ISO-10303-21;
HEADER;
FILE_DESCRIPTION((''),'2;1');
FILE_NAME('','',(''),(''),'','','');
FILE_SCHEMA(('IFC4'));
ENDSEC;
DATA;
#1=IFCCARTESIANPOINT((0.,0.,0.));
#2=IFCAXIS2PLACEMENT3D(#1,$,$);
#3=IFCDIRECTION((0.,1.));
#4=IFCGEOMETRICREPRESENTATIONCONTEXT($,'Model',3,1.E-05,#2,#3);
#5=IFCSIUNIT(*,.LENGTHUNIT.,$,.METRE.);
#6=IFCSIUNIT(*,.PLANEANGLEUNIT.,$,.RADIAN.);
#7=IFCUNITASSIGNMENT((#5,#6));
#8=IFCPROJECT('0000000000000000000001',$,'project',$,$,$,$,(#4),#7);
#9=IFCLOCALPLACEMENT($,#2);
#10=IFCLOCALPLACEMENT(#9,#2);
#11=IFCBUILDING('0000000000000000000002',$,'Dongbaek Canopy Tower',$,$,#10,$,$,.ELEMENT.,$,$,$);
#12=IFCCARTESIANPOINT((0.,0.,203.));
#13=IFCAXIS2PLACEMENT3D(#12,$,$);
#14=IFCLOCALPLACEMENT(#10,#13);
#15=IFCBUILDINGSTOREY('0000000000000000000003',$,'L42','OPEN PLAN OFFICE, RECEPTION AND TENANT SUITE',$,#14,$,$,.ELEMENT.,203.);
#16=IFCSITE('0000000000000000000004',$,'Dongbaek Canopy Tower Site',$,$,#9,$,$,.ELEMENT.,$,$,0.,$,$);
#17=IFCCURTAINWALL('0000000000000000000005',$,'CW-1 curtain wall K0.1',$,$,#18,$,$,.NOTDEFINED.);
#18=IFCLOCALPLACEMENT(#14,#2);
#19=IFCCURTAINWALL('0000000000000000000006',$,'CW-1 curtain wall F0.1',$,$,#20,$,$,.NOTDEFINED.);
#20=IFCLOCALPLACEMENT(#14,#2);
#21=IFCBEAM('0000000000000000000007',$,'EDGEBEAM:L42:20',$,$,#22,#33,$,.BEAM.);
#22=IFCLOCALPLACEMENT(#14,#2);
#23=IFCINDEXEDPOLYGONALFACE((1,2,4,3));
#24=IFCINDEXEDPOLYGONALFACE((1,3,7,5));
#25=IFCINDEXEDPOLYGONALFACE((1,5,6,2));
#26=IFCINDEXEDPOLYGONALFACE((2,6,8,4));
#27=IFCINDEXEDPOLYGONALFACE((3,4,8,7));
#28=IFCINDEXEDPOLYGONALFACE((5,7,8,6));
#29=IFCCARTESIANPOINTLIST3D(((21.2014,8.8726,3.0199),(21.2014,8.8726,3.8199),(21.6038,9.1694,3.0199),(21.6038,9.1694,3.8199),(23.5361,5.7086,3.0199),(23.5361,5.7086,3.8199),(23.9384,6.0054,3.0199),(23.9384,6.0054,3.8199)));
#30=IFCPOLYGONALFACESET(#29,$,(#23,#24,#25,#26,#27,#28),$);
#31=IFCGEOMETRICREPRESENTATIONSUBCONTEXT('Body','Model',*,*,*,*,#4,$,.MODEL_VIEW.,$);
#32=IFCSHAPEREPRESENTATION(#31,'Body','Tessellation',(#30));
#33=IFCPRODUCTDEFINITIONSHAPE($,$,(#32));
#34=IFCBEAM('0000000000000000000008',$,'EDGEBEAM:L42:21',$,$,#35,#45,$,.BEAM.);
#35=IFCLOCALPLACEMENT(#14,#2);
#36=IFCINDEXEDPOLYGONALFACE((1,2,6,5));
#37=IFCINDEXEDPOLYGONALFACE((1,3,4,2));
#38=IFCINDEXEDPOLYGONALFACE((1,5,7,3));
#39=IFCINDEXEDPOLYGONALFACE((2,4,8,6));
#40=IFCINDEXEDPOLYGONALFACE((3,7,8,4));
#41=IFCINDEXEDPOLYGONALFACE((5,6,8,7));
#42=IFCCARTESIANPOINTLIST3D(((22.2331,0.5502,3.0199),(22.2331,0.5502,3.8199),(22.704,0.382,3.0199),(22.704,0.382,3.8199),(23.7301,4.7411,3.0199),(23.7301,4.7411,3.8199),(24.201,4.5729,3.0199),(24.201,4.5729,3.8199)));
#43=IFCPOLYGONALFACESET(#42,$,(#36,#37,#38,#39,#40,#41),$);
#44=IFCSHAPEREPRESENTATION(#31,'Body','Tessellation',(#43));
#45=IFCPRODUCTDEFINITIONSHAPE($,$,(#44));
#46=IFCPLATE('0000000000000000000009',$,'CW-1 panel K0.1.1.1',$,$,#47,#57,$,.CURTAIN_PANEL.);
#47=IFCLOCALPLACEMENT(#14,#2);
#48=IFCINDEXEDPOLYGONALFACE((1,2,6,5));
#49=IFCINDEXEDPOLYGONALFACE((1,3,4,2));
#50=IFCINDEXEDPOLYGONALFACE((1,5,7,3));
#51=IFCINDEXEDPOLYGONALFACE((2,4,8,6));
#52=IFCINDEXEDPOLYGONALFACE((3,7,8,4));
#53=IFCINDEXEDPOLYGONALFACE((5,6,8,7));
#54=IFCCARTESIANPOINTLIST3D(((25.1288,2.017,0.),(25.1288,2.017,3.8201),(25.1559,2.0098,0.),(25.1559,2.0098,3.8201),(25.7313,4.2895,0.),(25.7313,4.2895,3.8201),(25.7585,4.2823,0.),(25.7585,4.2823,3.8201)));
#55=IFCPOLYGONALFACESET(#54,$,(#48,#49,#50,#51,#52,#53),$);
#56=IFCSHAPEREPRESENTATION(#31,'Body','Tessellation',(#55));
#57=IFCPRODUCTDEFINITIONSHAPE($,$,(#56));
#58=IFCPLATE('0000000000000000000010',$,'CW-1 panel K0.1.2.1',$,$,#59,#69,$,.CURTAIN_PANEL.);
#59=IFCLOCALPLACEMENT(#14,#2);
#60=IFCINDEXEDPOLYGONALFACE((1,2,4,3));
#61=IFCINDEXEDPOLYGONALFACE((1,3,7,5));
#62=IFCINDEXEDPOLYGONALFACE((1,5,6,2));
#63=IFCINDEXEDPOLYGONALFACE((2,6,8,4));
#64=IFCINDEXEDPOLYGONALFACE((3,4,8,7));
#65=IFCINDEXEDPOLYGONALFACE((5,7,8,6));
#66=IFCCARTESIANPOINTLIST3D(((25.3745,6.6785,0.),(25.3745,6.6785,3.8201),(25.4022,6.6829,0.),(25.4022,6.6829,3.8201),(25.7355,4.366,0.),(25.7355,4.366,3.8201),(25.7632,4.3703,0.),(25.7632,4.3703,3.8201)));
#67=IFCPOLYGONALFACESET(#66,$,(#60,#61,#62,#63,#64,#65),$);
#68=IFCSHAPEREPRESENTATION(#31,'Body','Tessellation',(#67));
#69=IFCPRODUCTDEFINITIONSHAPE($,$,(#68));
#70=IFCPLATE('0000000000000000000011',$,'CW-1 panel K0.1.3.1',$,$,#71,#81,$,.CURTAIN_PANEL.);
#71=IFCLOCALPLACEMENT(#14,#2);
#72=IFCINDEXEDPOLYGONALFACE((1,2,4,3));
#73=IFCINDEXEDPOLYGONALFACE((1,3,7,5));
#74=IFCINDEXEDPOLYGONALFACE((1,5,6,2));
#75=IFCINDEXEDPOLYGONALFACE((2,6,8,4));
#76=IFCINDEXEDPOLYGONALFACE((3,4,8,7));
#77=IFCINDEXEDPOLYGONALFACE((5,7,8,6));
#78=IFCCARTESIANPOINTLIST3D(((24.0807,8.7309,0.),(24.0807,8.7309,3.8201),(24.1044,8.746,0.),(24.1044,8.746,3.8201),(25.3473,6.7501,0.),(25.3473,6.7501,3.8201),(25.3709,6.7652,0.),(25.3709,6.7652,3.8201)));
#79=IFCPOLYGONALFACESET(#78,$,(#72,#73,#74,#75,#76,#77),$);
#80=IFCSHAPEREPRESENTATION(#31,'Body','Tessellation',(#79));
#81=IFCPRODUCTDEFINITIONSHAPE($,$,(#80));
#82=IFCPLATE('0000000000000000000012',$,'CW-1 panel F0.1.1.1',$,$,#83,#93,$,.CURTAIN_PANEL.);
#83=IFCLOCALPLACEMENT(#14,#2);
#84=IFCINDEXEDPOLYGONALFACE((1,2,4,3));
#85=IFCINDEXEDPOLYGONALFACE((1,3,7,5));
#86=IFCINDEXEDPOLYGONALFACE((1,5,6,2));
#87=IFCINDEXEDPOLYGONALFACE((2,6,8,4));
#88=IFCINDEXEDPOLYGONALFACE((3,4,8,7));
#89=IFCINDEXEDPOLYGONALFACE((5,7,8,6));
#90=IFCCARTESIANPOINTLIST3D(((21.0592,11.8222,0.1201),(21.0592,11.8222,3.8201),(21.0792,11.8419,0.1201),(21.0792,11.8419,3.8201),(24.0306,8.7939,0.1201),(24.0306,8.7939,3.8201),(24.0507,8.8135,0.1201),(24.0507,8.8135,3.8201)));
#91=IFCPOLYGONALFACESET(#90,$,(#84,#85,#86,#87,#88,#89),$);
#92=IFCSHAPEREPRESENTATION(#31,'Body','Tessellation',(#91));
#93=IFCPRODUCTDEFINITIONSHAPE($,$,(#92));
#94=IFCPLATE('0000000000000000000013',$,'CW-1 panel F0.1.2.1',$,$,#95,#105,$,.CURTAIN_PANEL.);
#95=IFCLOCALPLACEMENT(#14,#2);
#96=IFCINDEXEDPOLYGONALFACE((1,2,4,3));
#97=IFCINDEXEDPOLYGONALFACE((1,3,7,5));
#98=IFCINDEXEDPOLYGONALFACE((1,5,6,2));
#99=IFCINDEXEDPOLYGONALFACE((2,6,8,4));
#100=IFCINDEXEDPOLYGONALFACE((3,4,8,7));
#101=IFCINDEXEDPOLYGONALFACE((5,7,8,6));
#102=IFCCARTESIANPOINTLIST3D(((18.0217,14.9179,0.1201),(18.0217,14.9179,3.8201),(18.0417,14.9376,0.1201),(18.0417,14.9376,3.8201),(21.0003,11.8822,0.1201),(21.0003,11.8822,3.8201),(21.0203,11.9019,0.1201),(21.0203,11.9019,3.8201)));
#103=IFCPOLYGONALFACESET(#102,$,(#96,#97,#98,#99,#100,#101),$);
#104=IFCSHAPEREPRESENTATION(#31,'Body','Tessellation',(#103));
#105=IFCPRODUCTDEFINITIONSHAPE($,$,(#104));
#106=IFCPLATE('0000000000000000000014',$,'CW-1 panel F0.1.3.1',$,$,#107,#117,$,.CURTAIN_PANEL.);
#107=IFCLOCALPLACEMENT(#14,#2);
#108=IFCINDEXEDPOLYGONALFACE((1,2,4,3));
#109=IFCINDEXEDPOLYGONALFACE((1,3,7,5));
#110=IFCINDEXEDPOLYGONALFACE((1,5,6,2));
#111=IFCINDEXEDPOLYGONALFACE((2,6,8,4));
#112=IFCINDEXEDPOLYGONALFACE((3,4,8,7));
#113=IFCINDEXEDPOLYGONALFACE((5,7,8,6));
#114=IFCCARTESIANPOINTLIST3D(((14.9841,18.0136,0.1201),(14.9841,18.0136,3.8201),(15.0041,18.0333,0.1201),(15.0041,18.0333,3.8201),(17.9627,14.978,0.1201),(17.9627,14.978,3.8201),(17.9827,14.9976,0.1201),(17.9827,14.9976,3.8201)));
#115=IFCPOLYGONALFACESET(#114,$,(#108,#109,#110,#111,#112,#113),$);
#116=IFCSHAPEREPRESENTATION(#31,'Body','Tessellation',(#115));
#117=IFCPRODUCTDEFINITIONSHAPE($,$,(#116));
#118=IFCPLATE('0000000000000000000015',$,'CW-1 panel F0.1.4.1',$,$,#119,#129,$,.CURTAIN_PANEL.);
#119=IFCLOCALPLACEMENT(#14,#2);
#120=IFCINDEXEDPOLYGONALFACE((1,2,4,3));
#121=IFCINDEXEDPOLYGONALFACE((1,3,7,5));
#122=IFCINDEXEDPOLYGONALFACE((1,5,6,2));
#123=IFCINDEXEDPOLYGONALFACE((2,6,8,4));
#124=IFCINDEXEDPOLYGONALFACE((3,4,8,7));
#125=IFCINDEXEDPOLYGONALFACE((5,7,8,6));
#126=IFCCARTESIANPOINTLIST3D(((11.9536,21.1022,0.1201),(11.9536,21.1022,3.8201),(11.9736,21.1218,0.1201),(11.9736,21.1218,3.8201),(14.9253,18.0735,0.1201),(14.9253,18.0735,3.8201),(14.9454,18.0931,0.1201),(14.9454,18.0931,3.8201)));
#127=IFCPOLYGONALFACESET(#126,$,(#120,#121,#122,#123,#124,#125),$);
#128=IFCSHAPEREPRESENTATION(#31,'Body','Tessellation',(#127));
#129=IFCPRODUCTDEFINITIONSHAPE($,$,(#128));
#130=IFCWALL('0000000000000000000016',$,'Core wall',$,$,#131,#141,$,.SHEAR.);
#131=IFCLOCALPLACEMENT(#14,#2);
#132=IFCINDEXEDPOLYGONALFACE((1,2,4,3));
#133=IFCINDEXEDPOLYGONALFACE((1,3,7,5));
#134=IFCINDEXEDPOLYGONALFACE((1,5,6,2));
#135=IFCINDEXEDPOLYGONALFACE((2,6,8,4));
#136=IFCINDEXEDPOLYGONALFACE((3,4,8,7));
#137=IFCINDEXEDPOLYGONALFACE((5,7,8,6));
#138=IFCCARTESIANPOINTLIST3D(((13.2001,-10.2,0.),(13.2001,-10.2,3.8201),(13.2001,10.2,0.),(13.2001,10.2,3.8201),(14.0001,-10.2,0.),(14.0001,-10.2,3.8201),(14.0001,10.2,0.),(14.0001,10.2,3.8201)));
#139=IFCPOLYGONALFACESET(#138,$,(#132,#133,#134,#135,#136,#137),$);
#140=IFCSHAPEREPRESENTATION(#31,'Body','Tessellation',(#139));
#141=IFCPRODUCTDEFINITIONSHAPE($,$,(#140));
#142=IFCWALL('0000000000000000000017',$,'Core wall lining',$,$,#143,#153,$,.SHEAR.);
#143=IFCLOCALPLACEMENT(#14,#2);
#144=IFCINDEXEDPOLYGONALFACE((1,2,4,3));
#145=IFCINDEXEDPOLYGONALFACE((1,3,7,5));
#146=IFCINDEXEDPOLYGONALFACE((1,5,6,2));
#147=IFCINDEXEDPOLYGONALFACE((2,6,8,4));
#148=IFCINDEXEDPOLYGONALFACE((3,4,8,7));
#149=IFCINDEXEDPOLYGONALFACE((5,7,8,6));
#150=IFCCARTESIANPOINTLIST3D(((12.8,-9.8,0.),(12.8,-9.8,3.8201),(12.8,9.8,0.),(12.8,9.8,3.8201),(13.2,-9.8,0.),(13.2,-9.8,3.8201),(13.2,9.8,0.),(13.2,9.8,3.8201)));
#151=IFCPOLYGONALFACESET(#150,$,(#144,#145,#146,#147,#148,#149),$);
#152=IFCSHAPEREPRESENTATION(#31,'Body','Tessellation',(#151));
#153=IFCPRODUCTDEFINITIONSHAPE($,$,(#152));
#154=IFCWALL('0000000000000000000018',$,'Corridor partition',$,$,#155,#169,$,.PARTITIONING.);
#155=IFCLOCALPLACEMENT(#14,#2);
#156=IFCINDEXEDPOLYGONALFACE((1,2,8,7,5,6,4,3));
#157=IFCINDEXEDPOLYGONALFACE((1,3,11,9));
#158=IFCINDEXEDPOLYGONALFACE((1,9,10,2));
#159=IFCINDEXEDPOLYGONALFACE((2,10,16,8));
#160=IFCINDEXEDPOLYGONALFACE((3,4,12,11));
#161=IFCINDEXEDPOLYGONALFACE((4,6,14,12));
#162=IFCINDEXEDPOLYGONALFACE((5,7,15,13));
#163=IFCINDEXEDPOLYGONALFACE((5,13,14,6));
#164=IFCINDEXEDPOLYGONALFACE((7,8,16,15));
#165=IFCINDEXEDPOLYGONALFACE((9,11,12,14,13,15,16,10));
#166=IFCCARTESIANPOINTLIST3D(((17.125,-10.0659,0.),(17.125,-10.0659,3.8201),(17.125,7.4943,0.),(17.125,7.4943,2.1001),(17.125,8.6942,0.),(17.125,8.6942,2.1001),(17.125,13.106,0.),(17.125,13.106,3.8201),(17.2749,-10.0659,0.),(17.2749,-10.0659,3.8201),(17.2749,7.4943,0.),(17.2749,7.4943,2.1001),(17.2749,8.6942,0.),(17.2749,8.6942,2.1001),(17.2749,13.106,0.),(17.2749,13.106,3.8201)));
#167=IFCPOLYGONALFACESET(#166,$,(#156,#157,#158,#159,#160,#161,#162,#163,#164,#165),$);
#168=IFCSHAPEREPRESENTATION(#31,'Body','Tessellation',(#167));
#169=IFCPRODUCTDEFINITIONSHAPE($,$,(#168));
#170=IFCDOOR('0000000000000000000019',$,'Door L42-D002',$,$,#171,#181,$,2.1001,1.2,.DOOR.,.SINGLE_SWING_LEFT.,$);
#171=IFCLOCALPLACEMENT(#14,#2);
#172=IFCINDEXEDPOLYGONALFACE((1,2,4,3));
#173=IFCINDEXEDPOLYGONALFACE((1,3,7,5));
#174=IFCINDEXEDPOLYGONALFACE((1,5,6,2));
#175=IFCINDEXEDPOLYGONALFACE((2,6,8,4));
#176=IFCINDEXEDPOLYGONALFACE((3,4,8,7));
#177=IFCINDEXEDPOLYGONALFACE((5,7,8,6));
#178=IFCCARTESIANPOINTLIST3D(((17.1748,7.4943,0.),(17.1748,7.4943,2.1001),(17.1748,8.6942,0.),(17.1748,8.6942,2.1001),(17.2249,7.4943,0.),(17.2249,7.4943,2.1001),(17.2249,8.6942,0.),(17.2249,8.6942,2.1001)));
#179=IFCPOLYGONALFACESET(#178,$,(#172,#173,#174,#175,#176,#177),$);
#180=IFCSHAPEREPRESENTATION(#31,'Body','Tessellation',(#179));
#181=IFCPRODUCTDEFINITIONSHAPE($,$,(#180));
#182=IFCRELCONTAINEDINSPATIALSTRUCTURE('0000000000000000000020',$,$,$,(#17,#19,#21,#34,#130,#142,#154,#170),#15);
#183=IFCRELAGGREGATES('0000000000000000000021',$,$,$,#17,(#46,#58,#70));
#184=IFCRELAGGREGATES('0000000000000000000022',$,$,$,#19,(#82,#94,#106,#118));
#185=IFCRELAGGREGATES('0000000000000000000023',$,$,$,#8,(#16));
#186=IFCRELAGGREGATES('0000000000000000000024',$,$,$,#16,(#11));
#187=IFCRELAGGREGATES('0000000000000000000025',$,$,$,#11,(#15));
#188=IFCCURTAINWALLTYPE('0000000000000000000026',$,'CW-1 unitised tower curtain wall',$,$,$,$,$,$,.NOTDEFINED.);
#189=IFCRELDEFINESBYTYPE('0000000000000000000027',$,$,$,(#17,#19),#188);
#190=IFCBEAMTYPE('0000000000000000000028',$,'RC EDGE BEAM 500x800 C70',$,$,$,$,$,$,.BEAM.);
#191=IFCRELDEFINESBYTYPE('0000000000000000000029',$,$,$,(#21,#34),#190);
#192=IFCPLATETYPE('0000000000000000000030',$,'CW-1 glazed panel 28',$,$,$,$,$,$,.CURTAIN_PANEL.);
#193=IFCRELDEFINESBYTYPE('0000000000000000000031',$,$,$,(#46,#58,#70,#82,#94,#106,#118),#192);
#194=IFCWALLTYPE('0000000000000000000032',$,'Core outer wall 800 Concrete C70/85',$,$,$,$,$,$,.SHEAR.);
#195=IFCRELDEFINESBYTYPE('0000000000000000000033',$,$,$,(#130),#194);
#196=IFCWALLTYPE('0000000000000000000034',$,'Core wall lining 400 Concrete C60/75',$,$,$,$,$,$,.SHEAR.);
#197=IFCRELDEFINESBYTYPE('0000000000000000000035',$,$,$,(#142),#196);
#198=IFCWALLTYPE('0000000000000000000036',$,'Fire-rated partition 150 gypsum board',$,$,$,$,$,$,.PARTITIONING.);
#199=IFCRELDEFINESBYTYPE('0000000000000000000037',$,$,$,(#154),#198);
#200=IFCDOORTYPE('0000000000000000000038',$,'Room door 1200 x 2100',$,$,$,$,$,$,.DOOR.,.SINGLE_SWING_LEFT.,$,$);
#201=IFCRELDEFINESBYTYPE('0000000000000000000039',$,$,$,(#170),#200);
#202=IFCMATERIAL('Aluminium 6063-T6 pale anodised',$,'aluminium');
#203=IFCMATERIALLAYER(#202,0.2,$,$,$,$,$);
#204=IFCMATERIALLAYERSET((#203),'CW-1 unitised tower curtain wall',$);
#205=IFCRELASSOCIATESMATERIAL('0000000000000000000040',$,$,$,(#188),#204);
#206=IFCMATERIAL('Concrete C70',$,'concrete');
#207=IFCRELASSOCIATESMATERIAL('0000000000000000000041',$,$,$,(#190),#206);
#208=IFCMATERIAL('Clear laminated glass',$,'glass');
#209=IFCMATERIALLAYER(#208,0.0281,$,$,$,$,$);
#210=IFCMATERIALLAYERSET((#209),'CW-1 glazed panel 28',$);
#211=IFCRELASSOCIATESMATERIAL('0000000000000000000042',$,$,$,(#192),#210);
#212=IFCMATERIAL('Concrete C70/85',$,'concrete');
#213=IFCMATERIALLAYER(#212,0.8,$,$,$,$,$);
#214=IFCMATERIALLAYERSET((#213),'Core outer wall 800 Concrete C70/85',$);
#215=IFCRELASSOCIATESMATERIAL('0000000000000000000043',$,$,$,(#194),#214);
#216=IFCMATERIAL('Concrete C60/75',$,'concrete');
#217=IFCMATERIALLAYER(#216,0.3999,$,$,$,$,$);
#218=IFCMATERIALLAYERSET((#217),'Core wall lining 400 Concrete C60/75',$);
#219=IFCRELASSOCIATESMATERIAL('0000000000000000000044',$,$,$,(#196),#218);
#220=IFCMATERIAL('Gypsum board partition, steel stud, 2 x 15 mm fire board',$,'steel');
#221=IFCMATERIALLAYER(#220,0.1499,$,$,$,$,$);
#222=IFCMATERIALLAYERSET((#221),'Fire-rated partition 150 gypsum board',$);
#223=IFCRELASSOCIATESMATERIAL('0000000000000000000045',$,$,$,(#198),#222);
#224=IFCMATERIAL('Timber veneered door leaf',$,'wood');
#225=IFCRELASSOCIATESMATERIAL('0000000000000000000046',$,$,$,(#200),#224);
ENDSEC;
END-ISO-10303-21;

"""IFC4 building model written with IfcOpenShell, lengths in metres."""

from ifc_helpers import new_model, si_unit, direction, frame, frame_2d, origin, origin_2d, place, context, subcontext, project, spatial, rectangle, extrude, material, layer, layer_set, material_profile, profile_set, type_object, element, fill, aggregate, save


model = new_model("IFC4")

# Units and contexts
model_context = context("Model", 3, precision=1e-05, world=origin(), true_north=direction((0.0, 1.0)))
body_context = subcontext(model_context, "Body", "Model", "MODEL_VIEW")
ifc_project = project(units=[si_unit("LENGTHUNIT", "METRE"), si_unit("PLANEANGLEUNIT", "RADIAN")], contexts=[model_context])

# Site, building, storey
site_placement = place(None, origin())
site = spatial("IfcSite", under=ifc_project, at=site_placement, Name="Dongbaek Canopy Tower Site", CompositionType="ELEMENT", RefElevation=0.0)
building_placement = place(site_placement, origin())
building = spatial("IfcBuilding", under=site, at=building_placement, Name="Dongbaek Canopy Tower", CompositionType="ELEMENT")
storey_placement = place(building_placement, frame((0.0, 0.0, 203.0)))
storey = spatial("IfcBuildingStorey", under=building, at=storey_placement, Name="L42", Description="OPEN PLAN OFFICE, RECEPTION AND TENANT SUITE", CompositionType="ELEMENT", Elevation=203.0)

# Curtain walls
ifc_material_1 = material(Name="Aluminium 6063-T6 pale anodised", Category="aluminium")
ifc_layer_1 = layer(ifc_material_1, 0.2)
ifc_layer_set_1 = layer_set([ifc_layer_1], Name="CW-1 unitised tower curtain wall")
curtain_wall_type = type_object("IfcCurtainWallType", Name="CW-1 unitised tower curtain wall", PredefinedType="NOTDEFINED", material=ifc_layer_set_1)
curtain_wall_1_placement = place(storey_placement, origin())
curtain_wall_1 = element("IfcCurtainWall", 1, at=curtain_wall_1_placement, inside=storey, type_object=curtain_wall_type, Name="CW-1 curtain wall K0.1", PredefinedType="NOTDEFINED")
curtain_wall_2_placement = place(storey_placement, origin())
curtain_wall_2 = element("IfcCurtainWall", 2, at=curtain_wall_2_placement, inside=storey, type_object=curtain_wall_type, Name="CW-1 curtain wall F0.1", PredefinedType="NOTDEFINED")

# Beams
ifc_material_2 = material(Name="Concrete C70", Category="concrete")
ifc_material_profile_1 = material_profile(ifc_material_2, rectangle(XDim=0.5, YDim=0.8, at=origin_2d()), Name="RC EDGE BEAM 500x800 C70")
ifc_profile_set_1 = profile_set([ifc_material_profile_1], Name="Concrete C70")
beam_type = type_object("IfcBeamType", Name="RC EDGE BEAM 500x800 C70", PredefinedType="BEAM", material=ifc_profile_set_1)
beam_1_placement = place(storey_placement, frame((21.4026, 9.021, 3.4199), z_axis=(0.593743, -0.804655, 0.0), x_axis=(0.804655, 0.593743, 0.0)))
element("IfcBeam", 3, at=beam_1_placement, inside=storey, type_object=beam_type, Name="EDGEBEAM:L42:20", PredefinedType="BEAM", context=body_context, shape_type="SweptSolid", body=[
    extrude(rectangle(XDim=0.5, YDim=0.8, at=origin_2d()), origin(), (0.0, 0.0, 1.0), 3.9321),
])
beam_2_placement = place(storey_placement, frame((23.9656, 4.657, 3.4199), z_axis=(-0.336399, -0.94172, 0.0), x_axis=(0.94172, -0.336399, 0.0)))
element("IfcBeam", 4, at=beam_2_placement, inside=storey, type_object=beam_type, Name="EDGEBEAM:L42:21", PredefinedType="BEAM", context=body_context, shape_type="SweptSolid", body=[
    extrude(rectangle(XDim=0.5, YDim=0.8, at=origin_2d()), origin(), (0.0, 0.0, 1.0), 4.4502),
])

# Plates
ifc_material_3 = material(Name="Clear laminated glass", Category="glass")
ifc_layer_2 = layer(ifc_material_3, 0.0281)
ifc_layer_set_2 = layer_set([ifc_layer_2], Name="CW-1 glazed panel 28")
plate_type = type_object("IfcPlateType", Name="CW-1 glazed panel 28", PredefinedType="CURTAIN_PANEL", material=ifc_layer_set_2)
plate_1_placement = place(storey_placement, frame((25.4436, 3.1497, 0.0), z_axis=(0.0, 0.0, 1.0), x_axis=(0.256293, 0.966599, 0.0)))
plate_1 = element("IfcPlate", 5, at=plate_1_placement, type_object=plate_type, Name="CW-1 panel K0.1.1.1", PredefinedType="CURTAIN_PANEL", context=body_context, shape_type="SweptSolid", body=[
    extrude(rectangle(XDim=2.3511, YDim=0.0281, at=origin_2d()), origin(), (0.0, 0.0, 1.0), 3.8201),
])
plate_2_placement = place(storey_placement, frame((25.5688, 5.5244, 0.0), z_axis=(0.0, 0.0, 1.0), x_axis=(-0.154236, 0.988034, 0.0)))
plate_2 = element("IfcPlate", 6, at=plate_2_placement, type_object=plate_type, Name="CW-1 panel K0.1.2.1", PredefinedType="CURTAIN_PANEL", context=body_context, shape_type="SweptSolid", body=[
    extrude(rectangle(XDim=2.3406, YDim=0.0281, at=origin_2d()), origin(), (0.0, 0.0, 1.0), 3.8201),
])
plate_3_placement = place(storey_placement, frame((24.7258, 7.748, 0.0), z_axis=(0.0, 0.0, 1.0), x_axis=(-0.5387, 0.842498, 0.0)))
plate_3 = element("IfcPlate", 7, at=plate_3_placement, type_object=plate_type, Name="CW-1 panel K0.1.3.1", PredefinedType="CURTAIN_PANEL", context=body_context, shape_type="SweptSolid", body=[
    extrude(rectangle(XDim=2.3511, YDim=0.0281, at=origin_2d()), origin(), (0.0, 0.0, 1.0), 3.8201),
])
plate_4_placement = place(storey_placement, frame((22.5549, 10.3179, 0.1201), z_axis=(0.0, 0.0, 1.0), x_axis=(-0.700368, 0.713782, 0.0)))
plate_4 = element("IfcPlate", 8, at=plate_4_placement, type_object=plate_type, Name="CW-1 panel F0.1.1.1", PredefinedType="CURTAIN_PANEL", context=body_context, shape_type="SweptSolid", body=[
    extrude(rectangle(XDim=4.2427, YDim=0.0281, at=origin_2d()), origin(), (0.0, 0.0, 1.0), 3.7),
])
plate_5_placement = place(storey_placement, frame((19.521, 13.4099, 0.1201), z_axis=(0.0, 0.0, 1.0), x_axis=(-0.700368, 0.713782, 0.0)))
plate_5 = element("IfcPlate", 9, at=plate_5_placement, type_object=plate_type, Name="CW-1 panel F0.1.2.1", PredefinedType="CURTAIN_PANEL", context=body_context, shape_type="SweptSolid", body=[
    extrude(rectangle(XDim=4.2529, YDim=0.0281, at=origin_2d()), origin(), (0.0, 0.0, 1.0), 3.7),
])
plate_6_placement = place(storey_placement, frame((16.4834, 16.5056, 0.1201), z_axis=(0.0, 0.0, 1.0), x_axis=(-0.700368, 0.713782, 0.0)))
plate_6 = element("IfcPlate", 10, at=plate_6_placement, type_object=plate_type, Name="CW-1 panel F0.1.3.1", PredefinedType="CURTAIN_PANEL", context=body_context, shape_type="SweptSolid", body=[
    extrude(rectangle(XDim=4.2529, YDim=0.0281, at=origin_2d()), origin(), (0.0, 0.0, 1.0), 3.7),
])
plate_7_placement = place(storey_placement, frame((13.4495, 19.5977, 0.1201), z_axis=(0.0, 0.0, 1.0), x_axis=(-0.700368, 0.713782, 0.0)))
plate_7 = element("IfcPlate", 11, at=plate_7_placement, type_object=plate_type, Name="CW-1 panel F0.1.4.1", PredefinedType="CURTAIN_PANEL", context=body_context, shape_type="SweptSolid", body=[
    extrude(rectangle(XDim=4.2432, YDim=0.0281, at=origin_2d()), origin(), (0.0, 0.0, 1.0), 3.7),
])

# Walls
ifc_material_4 = material(Name="Concrete C70/85", Category="concrete")
ifc_layer_3 = layer(ifc_material_4, 0.8)
ifc_layer_set_3 = layer_set([ifc_layer_3], Name="Core outer wall 800 Concrete C70/85")
wall_type_1 = type_object("IfcWallType", Name="Core outer wall 800 Concrete C70/85", PredefinedType="SHEAR", material=ifc_layer_set_3)
wall_1_placement = place(storey_placement, frame((13.6001, 10.2, 0.0), z_axis=(0.0, 0.0, 1.0), x_axis=(0.0, -1.0, 0.0)))
element("IfcWall", 12, at=wall_1_placement, inside=storey, type_object=wall_type_1, Name="Core wall", PredefinedType="SHEAR", context=body_context, shape_type="SweptSolid", body=[
    extrude(rectangle(XDim=20.3999, YDim=0.8, at=frame_2d((10.2, 0.0))), origin(), (0.0, 0.0, 1.0), 3.8201),
])
ifc_material_5 = material(Name="Concrete C60/75", Category="concrete")
ifc_layer_4 = layer(ifc_material_5, 0.3999)
ifc_layer_set_4 = layer_set([ifc_layer_4], Name="Core wall lining 400 Concrete C60/75")
wall_type_2 = type_object("IfcWallType", Name="Core wall lining 400 Concrete C60/75", PredefinedType="SHEAR", material=ifc_layer_set_4)
wall_2_placement = place(storey_placement, frame((13.0, 9.8, 0.0), z_axis=(0.0, 0.0, 1.0), x_axis=(0.0, -1.0, 0.0)))
element("IfcWall", 13, at=wall_2_placement, inside=storey, type_object=wall_type_2, Name="Core wall lining", PredefinedType="SHEAR", context=body_context, shape_type="SweptSolid", body=[
    extrude(rectangle(XDim=19.6001, YDim=0.3999, at=frame_2d((9.8, 0.0))), origin(), (0.0, 0.0, 1.0), 3.8201),
])

# Wall, opening, door
ifc_material_6 = material(Name="Gypsum board partition, steel stud, 2 x 15 mm fire board", Category="steel")
ifc_layer_5 = layer(ifc_material_6, 0.1499)
ifc_layer_set_5 = layer_set([ifc_layer_5], Name="Fire-rated partition 150 gypsum board")
wall_type_3 = type_object("IfcWallType", Name="Fire-rated partition 150 gypsum board", PredefinedType="PARTITIONING", material=ifc_layer_set_5)
wall_3_placement = place(storey_placement, frame((17.2, 13.106, 0.0), z_axis=(0.0, 0.0, 1.0), x_axis=(0.0, -1.0, 0.0)))
wall_3 = element("IfcWall", 14, at=wall_3_placement, inside=storey, type_object=wall_type_3, Name="Corridor partition", PredefinedType="PARTITIONING", context=body_context, shape_type="SweptSolid", body=[
    extrude(rectangle(XDim=23.1719, YDim=0.1499, at=frame_2d((11.5859, 0.0))), origin(), (0.0, 0.0, 1.0), 3.8201),
])
opening_placement = place(wall_3_placement, frame((4.4116, 0.0, 0.0)))
opening = element("IfcOpeningElement", 15, at=opening_placement, cuts=wall_3, PredefinedType="OPENING", context=body_context, shape_type="SweptSolid", body=[
    extrude(rectangle(XDim=1.2, YDim=2.1001, at=frame_2d((0.6001, 1.05))), frame((0.0, 0.085, 0.0), z_axis=(0.0, -1.0, 0.0), x_axis=(1.0, 0.0, 0.0)), (0.0, 0.0, 1.0), 0.1699),
])
ifc_material_7 = material(Name="Timber veneered door leaf", Category="wood")
door_type = type_object("IfcDoorType", Name="Room door 1200 x 2100", OperationType="SINGLE_SWING_LEFT", PredefinedType="DOOR", material=ifc_material_7)
door_placement = place(opening_placement, origin())
door = element("IfcDoor", 16, at=door_placement, inside=storey, type_object=door_type, Name="Door L42-D002", OperationType="SINGLE_SWING_LEFT", OverallHeight=2.1001, OverallWidth=1.2, PredefinedType="DOOR", context=body_context, shape_type="SweptSolid", body=[
    extrude(rectangle(XDim=1.2, YDim=2.1001, at=frame_2d((0.6001, 1.05))), frame((0.0, 0.0249, 0.0), z_axis=(0.0, -1.0, 0.0), x_axis=(1.0, 0.0, 0.0)), (0.0, 0.0, 1.0), 0.05),
])
fill(opening, door)

aggregate(curtain_wall_1, [plate_1, plate_2, plate_3])
aggregate(curtain_wall_2, [plate_4, plate_5, plate_6, plate_7])

save(model, "model.ifc")
